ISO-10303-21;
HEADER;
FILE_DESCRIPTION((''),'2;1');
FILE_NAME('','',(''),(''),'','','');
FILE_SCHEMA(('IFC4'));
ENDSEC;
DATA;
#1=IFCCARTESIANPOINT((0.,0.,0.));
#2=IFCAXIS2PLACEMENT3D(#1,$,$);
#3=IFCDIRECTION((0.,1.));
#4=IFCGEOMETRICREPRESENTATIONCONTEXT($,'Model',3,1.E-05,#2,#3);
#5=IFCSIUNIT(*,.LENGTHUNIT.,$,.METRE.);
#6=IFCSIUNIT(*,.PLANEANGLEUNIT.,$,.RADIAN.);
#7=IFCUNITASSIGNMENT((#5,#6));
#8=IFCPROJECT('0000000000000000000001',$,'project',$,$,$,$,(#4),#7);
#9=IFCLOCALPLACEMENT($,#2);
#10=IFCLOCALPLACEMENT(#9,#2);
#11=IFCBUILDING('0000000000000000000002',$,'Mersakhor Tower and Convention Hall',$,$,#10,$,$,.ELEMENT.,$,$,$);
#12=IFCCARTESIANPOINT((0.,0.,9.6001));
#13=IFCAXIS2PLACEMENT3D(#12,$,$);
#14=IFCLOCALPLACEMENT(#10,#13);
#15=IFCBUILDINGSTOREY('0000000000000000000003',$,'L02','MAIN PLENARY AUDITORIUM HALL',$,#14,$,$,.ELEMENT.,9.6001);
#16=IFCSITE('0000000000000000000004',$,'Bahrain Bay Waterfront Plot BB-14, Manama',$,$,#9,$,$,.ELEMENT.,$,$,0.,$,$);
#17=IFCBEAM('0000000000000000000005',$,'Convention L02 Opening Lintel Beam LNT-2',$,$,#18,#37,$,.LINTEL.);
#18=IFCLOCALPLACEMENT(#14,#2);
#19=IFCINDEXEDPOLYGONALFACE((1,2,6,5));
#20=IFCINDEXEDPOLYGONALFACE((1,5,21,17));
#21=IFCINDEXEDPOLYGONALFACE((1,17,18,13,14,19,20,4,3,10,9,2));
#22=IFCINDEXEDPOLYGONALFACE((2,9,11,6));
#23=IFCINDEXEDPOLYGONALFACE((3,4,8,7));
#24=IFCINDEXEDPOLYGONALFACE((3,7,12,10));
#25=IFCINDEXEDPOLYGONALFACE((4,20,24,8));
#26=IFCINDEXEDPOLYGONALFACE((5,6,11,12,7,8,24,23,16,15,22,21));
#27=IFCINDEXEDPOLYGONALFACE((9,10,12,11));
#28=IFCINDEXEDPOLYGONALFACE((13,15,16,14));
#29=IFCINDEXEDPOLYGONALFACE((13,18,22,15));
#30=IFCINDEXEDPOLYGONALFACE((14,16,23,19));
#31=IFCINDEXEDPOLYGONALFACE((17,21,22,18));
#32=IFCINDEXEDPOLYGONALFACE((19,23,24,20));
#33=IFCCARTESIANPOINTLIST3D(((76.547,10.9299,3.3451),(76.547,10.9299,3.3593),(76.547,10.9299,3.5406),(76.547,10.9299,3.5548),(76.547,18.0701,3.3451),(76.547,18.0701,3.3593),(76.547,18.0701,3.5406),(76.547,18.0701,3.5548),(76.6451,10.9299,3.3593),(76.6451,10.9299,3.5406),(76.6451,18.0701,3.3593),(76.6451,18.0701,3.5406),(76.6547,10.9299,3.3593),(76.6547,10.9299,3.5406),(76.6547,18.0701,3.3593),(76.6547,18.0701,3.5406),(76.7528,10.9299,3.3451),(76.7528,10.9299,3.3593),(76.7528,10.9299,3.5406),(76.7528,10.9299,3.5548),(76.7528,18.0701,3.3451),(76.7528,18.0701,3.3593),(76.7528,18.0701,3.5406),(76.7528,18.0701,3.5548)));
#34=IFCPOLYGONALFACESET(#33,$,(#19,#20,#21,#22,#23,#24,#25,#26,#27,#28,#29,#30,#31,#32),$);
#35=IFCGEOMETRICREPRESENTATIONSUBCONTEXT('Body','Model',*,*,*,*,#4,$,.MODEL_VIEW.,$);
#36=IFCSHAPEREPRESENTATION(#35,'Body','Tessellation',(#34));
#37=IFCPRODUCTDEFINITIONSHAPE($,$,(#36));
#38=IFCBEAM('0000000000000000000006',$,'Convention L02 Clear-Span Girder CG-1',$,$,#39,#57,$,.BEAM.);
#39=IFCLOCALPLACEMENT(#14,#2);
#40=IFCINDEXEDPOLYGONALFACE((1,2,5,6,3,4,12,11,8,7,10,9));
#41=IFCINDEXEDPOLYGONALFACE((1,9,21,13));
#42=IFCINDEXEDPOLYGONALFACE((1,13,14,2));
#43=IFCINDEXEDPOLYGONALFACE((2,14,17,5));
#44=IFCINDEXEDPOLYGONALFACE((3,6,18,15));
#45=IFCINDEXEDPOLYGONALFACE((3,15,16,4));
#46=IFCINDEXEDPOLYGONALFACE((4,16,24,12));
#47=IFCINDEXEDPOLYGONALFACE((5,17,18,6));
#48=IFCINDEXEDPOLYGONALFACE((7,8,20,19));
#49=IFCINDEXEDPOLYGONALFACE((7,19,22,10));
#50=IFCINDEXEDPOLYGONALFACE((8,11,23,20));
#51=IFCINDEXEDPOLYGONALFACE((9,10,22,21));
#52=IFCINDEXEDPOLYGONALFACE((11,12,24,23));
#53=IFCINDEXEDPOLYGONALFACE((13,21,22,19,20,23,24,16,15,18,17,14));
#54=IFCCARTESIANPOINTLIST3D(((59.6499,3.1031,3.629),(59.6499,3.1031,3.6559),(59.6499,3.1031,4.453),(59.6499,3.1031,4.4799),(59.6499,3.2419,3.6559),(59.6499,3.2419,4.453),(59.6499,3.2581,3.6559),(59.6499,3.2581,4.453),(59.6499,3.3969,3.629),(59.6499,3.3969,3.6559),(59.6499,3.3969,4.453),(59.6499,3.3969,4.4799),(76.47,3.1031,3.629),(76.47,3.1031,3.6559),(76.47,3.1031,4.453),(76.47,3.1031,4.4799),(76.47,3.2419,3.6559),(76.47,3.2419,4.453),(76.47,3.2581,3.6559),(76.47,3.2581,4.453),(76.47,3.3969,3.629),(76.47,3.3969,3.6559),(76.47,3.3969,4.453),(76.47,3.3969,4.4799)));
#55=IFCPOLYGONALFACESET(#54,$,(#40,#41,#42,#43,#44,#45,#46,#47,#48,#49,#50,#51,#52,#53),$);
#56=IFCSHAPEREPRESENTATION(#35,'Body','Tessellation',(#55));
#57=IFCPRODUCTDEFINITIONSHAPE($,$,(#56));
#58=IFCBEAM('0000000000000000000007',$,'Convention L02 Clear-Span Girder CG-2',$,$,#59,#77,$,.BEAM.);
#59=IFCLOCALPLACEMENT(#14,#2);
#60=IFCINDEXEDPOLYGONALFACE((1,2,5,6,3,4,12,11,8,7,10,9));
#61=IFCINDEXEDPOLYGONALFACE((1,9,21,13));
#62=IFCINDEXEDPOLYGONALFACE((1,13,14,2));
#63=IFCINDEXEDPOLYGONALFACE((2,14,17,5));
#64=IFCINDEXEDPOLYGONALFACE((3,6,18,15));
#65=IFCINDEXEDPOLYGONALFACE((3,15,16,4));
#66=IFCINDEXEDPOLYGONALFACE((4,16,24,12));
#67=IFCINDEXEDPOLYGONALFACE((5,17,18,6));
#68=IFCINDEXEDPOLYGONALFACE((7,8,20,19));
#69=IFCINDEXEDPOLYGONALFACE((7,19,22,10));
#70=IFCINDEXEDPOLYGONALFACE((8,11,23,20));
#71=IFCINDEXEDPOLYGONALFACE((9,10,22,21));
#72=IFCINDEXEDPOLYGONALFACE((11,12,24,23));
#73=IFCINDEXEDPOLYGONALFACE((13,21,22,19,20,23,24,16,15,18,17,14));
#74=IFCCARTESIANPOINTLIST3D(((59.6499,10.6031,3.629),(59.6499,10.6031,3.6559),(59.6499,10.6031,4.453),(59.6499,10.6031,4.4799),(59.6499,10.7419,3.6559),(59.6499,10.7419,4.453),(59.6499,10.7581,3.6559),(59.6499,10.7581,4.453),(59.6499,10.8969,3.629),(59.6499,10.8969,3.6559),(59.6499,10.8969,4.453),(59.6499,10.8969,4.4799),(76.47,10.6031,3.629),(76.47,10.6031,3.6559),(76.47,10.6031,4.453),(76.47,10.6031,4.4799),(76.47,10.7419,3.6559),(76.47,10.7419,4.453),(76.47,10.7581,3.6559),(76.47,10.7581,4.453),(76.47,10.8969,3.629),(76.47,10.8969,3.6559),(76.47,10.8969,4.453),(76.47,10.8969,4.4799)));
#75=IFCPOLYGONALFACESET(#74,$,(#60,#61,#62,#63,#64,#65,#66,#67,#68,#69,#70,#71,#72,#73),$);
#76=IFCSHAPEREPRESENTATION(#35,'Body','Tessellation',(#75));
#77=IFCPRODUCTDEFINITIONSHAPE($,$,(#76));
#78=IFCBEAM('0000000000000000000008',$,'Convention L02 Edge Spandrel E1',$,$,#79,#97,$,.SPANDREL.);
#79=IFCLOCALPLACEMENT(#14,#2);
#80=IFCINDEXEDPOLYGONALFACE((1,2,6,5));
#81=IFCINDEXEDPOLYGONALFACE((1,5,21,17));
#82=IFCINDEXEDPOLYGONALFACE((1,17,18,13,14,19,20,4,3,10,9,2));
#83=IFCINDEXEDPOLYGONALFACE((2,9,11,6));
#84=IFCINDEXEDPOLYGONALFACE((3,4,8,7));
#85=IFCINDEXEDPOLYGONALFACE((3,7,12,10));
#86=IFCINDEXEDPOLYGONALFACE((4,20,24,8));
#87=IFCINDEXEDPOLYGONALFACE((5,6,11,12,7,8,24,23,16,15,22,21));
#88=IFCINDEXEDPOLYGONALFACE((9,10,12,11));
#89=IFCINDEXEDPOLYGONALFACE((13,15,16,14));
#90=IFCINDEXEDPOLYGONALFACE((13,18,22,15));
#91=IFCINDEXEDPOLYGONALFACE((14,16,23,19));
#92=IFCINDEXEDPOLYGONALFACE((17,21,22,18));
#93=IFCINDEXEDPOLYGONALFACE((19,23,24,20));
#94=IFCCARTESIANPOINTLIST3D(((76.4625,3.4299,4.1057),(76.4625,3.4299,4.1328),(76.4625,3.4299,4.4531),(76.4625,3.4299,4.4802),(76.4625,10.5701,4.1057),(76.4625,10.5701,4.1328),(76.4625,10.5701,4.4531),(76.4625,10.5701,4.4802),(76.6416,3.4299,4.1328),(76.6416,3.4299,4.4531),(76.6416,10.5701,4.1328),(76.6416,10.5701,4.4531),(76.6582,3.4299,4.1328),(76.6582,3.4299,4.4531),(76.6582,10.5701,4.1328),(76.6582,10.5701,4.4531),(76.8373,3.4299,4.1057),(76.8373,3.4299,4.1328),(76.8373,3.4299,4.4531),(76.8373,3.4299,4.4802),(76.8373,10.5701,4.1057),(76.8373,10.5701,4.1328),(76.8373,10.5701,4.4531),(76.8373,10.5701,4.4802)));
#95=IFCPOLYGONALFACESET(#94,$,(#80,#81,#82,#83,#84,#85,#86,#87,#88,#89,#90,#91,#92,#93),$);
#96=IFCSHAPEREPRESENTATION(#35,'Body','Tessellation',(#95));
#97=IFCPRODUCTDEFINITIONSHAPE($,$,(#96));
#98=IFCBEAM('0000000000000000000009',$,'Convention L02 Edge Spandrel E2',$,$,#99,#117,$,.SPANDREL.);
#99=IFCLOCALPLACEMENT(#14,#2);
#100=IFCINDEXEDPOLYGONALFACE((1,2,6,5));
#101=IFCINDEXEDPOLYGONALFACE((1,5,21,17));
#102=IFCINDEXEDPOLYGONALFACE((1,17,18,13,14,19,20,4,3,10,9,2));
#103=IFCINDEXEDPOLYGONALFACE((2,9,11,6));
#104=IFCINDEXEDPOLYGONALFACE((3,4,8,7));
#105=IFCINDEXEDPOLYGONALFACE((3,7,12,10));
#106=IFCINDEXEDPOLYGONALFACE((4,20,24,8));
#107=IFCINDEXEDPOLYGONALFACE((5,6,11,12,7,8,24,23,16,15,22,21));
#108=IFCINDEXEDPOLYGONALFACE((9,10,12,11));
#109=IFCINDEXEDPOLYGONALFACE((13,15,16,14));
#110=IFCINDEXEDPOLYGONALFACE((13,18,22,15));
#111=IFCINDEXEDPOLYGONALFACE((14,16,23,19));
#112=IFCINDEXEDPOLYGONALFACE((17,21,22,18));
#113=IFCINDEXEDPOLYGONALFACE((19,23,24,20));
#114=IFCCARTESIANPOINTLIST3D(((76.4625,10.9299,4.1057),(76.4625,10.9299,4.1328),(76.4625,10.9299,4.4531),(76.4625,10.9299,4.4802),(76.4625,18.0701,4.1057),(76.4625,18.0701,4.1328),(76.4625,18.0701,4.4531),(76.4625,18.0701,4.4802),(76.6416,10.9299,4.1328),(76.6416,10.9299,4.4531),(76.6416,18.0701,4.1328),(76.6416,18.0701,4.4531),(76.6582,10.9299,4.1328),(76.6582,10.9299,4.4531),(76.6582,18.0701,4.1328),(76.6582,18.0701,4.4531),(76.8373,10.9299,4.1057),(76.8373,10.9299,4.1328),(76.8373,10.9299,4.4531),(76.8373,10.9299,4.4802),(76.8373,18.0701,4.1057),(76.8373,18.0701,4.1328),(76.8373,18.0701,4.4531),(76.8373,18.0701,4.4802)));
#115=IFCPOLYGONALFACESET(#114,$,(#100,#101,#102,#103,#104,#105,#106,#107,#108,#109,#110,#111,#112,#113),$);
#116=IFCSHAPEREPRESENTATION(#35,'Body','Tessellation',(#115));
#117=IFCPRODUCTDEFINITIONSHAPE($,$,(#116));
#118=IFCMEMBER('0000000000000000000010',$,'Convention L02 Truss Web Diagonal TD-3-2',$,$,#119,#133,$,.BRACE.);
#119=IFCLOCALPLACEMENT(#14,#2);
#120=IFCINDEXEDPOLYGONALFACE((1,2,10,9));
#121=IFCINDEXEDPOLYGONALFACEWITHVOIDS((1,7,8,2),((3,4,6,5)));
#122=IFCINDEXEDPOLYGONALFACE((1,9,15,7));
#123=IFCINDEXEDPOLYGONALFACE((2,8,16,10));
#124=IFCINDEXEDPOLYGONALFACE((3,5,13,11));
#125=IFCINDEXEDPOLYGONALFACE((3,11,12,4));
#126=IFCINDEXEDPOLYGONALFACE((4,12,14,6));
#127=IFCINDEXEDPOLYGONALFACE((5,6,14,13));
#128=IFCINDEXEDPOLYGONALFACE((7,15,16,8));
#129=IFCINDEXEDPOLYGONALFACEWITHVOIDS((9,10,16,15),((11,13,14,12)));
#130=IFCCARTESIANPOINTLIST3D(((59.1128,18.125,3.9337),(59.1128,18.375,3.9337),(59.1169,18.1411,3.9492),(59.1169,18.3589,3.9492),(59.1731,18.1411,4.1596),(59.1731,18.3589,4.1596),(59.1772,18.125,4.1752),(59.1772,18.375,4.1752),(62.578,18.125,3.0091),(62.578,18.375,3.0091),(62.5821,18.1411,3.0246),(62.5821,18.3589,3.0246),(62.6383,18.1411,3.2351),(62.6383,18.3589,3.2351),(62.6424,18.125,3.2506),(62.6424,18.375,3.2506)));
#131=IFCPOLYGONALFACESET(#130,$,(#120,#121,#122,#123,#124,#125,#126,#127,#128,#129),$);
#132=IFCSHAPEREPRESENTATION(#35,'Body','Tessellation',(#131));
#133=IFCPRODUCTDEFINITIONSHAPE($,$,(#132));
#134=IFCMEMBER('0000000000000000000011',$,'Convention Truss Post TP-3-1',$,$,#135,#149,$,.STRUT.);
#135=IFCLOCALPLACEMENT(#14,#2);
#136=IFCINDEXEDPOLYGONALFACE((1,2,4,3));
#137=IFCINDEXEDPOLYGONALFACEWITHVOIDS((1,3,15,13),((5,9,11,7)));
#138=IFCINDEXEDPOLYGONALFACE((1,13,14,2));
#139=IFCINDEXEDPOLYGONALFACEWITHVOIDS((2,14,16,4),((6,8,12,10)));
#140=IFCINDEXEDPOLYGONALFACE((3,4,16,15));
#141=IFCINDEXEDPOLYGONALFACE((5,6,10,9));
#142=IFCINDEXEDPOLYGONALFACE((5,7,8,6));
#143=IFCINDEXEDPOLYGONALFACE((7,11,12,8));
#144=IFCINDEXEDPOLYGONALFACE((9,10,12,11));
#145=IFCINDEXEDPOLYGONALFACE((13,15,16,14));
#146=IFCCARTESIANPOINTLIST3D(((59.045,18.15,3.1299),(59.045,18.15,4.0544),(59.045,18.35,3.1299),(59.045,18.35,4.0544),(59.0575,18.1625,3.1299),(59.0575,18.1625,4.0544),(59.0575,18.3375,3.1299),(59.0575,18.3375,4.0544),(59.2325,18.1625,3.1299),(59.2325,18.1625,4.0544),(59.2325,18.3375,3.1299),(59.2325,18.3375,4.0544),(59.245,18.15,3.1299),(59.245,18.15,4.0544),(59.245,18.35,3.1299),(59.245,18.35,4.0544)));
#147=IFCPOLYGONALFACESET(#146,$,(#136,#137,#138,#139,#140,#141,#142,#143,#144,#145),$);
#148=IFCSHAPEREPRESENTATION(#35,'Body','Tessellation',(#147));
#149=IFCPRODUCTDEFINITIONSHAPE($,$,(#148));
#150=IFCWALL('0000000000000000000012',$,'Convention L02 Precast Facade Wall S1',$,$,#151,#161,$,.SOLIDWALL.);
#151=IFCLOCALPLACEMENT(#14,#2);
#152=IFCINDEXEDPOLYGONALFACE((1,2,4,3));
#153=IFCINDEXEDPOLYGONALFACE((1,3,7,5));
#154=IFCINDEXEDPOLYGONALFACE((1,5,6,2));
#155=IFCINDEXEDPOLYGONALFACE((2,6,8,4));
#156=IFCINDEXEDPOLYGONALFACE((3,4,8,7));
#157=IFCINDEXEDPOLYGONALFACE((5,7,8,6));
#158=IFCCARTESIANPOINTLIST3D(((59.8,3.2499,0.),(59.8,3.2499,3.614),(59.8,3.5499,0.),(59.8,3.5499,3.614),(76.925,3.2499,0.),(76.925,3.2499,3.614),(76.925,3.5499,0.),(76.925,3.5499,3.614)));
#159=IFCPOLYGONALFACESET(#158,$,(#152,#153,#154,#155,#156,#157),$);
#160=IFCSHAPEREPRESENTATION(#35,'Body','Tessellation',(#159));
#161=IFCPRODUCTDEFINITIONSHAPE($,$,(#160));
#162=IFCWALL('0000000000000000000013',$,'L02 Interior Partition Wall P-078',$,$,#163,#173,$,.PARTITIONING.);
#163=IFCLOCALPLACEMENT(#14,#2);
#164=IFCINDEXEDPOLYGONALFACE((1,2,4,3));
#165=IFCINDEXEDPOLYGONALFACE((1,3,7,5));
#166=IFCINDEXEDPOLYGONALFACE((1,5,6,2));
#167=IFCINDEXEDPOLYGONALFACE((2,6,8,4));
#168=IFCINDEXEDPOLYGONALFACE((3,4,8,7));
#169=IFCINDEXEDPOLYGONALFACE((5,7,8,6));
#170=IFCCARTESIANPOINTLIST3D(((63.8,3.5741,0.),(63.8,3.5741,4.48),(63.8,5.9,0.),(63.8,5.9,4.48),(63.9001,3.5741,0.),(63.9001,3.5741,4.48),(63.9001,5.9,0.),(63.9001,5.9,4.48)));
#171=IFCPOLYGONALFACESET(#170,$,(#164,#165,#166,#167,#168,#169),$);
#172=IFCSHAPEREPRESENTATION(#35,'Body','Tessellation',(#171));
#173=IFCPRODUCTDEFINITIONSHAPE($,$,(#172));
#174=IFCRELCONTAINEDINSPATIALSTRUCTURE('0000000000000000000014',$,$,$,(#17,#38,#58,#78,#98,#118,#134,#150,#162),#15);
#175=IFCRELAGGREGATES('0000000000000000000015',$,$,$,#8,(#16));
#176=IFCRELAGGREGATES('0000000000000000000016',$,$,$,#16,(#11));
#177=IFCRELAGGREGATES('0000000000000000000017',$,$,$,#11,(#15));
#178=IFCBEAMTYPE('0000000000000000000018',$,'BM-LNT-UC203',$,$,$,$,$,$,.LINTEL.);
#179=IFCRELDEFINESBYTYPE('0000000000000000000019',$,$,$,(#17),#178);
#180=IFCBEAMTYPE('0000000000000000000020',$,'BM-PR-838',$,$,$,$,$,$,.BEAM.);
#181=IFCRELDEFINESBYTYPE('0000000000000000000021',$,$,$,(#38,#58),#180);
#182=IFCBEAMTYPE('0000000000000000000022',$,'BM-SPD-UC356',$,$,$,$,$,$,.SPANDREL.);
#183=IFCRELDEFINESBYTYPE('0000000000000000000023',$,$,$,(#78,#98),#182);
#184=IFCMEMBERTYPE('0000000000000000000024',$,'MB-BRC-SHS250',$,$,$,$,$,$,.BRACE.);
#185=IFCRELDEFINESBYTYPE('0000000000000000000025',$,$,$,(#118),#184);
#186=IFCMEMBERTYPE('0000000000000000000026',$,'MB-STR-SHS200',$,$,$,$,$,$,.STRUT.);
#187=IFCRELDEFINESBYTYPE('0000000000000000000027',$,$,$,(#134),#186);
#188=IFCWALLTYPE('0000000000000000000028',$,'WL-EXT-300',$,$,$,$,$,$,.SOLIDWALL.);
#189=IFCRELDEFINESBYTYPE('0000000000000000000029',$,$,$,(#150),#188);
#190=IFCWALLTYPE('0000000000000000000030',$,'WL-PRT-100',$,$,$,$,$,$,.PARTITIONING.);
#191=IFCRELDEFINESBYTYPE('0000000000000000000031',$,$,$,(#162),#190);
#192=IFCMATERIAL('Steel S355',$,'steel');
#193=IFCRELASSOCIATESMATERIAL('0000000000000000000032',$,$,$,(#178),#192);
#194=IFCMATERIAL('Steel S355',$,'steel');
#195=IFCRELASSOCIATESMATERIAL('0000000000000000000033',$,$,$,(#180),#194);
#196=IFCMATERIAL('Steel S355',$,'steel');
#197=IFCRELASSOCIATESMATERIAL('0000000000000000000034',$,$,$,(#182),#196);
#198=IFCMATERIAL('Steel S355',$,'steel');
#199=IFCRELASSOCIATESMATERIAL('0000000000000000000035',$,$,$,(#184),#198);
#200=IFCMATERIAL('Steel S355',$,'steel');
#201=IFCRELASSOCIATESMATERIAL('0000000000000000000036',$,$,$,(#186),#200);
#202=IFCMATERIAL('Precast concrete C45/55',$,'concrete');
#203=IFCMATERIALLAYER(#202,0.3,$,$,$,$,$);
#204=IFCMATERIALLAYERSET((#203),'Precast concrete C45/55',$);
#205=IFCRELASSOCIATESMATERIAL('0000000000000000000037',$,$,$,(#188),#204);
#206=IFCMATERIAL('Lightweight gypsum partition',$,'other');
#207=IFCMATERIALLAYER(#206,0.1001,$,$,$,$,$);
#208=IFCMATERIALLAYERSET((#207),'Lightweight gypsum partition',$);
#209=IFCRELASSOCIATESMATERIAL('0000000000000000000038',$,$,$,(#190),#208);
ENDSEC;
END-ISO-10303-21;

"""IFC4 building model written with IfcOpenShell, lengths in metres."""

from ifc_helpers import new_model, si_unit, direction, frame, frame_2d, origin, origin_2d, place, context, subcontext, project, spatial, rectangle, hollow_rectangle, i_section, extrude, material, layer, layer_set, material_profile, profile_set, type_object, element, save


model = new_model("IFC4")

# Units and contexts
model_context = context("Model", 3, precision=1e-05, world=origin(), true_north=direction((0.0, 1.0)))
body_context = subcontext(model_context, "Body", "Model", "MODEL_VIEW")
ifc_project = project(units=[si_unit("LENGTHUNIT", "METRE"), si_unit("PLANEANGLEUNIT", "RADIAN")], contexts=[model_context])

# Site, building, storey
site_placement = place(None, origin())
site = spatial("IfcSite", under=ifc_project, at=site_placement, Name="Bahrain Bay Waterfront Plot BB-14, Manama", CompositionType="ELEMENT", RefElevation=0.0)
building_placement = place(site_placement, origin())
building = spatial("IfcBuilding", under=site, at=building_placement, Name="Mersakhor Tower and Convention Hall", CompositionType="ELEMENT")
storey_placement = place(building_placement, frame((0.0, 0.0, 9.6001)))
storey = spatial("IfcBuildingStorey", under=building, at=storey_placement, Name="L02", Description="MAIN PLENARY AUDITORIUM HALL", CompositionType="ELEMENT", Elevation=9.6001)

# Beams
ifc_material_1 = material(Name="Steel S355", Category="steel")
ifc_material_profile_1 = material_profile(ifc_material_1, i_section(OverallWidth=0.2058, OverallDepth=0.2097, WebThickness=0.0095, FlangeThickness=0.0142, at=origin_2d()), Name="UC 203x203x60")
ifc_profile_set_1 = profile_set([ifc_material_profile_1], Name="Steel S355")
beam_type_1 = type_object("IfcBeamType", Name="BM-LNT-UC203", PredefinedType="LINTEL", material=ifc_profile_set_1)
beam_placement = place(storey_placement, frame((76.6499, 10.9299, 3.45), z_axis=(0.0, 1.0, 0.0), x_axis=(-1.0, 0.0, 0.0)))
element("IfcBeam", 1, at=beam_placement, inside=storey, type_object=beam_type_1, Name="Convention L02 Opening Lintel Beam LNT-2", PredefinedType="LINTEL", context=body_context, shape_type="SweptSolid", body=[
    extrude(i_section(OverallWidth=0.2058, OverallDepth=0.2097, WebThickness=0.0095, FlangeThickness=0.0142, at=origin_2d()), origin(), (0.0, 0.0, 1.0), 7.1401),
])
ifc_material_2 = material(Name="Steel S355", Category="steel")
ifc_material_profile_2 = material_profile(ifc_material_2, i_section(OverallWidth=0.2937, OverallDepth=0.8508, WebThickness=0.0161, FlangeThickness=0.0269, at=origin_2d()), Name="UB 838x292x226")
ifc_profile_set_2 = profile_set([ifc_material_profile_2], Name="Steel S355")
beam_type_2 = type_object("IfcBeamType", Name="BM-PR-838", PredefinedType="BEAM", material=ifc_profile_set_2)
for number, where, z_axis, x_axis, name in (
    (2, (59.6499, 3.25, 4.0544), (1.0, 0.0, 0.0), (0.0, 1.0, 0.0), "Convention L02 Clear-Span Girder CG-1"),
    (3, (59.6499, 10.75, 4.0544), (1.0, 0.0, 0.0), (0.0, 1.0, 0.0), "Convention L02 Clear-Span Girder CG-2"),
):
    element("IfcBeam", number, at=place(storey_placement, frame(where, z_axis=z_axis, x_axis=x_axis)), inside=storey, type_object=beam_type_2, Name=name, PredefinedType="BEAM", context=body_context, shape_type="SweptSolid", body=[
        extrude(i_section(OverallWidth=0.2937, OverallDepth=0.8508, WebThickness=0.0161, FlangeThickness=0.0269, at=origin_2d()), origin(), (0.0, 0.0, 1.0), 16.8201),
    ])
ifc_material_3 = material(Name="Steel S355", Category="steel")
ifc_material_profile_3 = material_profile(ifc_material_3, i_section(OverallWidth=0.3748, OverallDepth=0.3745, WebThickness=0.0166, FlangeThickness=0.0271, at=origin_2d()), Name="UC 356x368x202")
ifc_profile_set_3 = profile_set([ifc_material_profile_3], Name="Steel S355")
beam_type_3 = type_object("IfcBeamType", Name="BM-SPD-UC356", PredefinedType="SPANDREL", material=ifc_profile_set_3)
for number, where, z_axis, x_axis, name in (
    (4, (76.6499, 3.4299, 4.293), (0.0, 1.0, 0.0), (-1.0, 0.0, 0.0), "Convention L02 Edge Spandrel E1"),
    (5, (76.6499, 10.9299, 4.293), (0.0, 1.0, 0.0), (-1.0, 0.0, 0.0), "Convention L02 Edge Spandrel E2"),
):
    element("IfcBeam", number, at=place(storey_placement, frame(where, z_axis=z_axis, x_axis=x_axis)), inside=storey, type_object=beam_type_3, Name=name, PredefinedType="SPANDREL", context=body_context, shape_type="SweptSolid", body=[
        extrude(i_section(OverallWidth=0.3748, OverallDepth=0.3745, WebThickness=0.0166, FlangeThickness=0.0271, at=origin_2d()), origin(), (0.0, 0.0, 1.0), 7.1401),
    ])

# Members
ifc_material_4 = material(Name="Steel S355", Category="steel")
ifc_material_profile_4 = material_profile(ifc_material_4, hollow_rectangle(XDim=0.25, YDim=0.25, WallThickness=0.0161, at=origin_2d()), Name="SHS 250x250x16")
ifc_profile_set_4 = profile_set([ifc_material_profile_4], Name="Steel S355")
member_type_1 = type_object("IfcMemberType", Name="MB-BRC-SHS250", PredefinedType="BRACE", material=ifc_profile_set_4)
member_1_placement = place(storey_placement, frame((59.145, 18.25, 4.0544), z_axis=(0.966198, 0.0, -0.257802), x_axis=(0.0, 1.0, 0.0)))
element("IfcMember", 6, at=member_1_placement, inside=storey, type_object=member_type_1, Name="Convention L02 Truss Web Diagonal TD-3-2", PredefinedType="BRACE", context=body_context, shape_type="SweptSolid", body=[
    extrude(hollow_rectangle(XDim=0.25, YDim=0.25, WallThickness=0.0161, at=origin_2d()), origin(), (0.0, 0.0, 1.0), 3.5864),
])
ifc_material_5 = material(Name="Steel S355", Category="steel")
ifc_material_profile_5 = material_profile(ifc_material_5, hollow_rectangle(XDim=0.2, YDim=0.2, WallThickness=0.0125, at=origin_2d()), Name="SHS 200x200x12.5")
ifc_profile_set_5 = profile_set([ifc_material_profile_5], Name="Steel S355")
member_type_2 = type_object("IfcMemberType", Name="MB-STR-SHS200", PredefinedType="STRUT", material=ifc_profile_set_5)
member_2_placement = place(storey_placement, frame((59.145, 18.25, 3.1299), z_axis=(0.0, 0.0, 1.0), x_axis=(1.0, 0.0, 0.0)))
element("IfcMember", 7, at=member_2_placement, inside=storey, type_object=member_type_2, Name="Convention Truss Post TP-3-1", PredefinedType="STRUT", context=body_context, shape_type="SweptSolid", body=[
    extrude(hollow_rectangle(XDim=0.2, YDim=0.2, WallThickness=0.0125, at=origin_2d()), origin(), (0.0, 0.0, 1.0), 0.9246),
])

# Walls
ifc_material_6 = material(Name="Precast concrete C45/55", Category="concrete")
ifc_layer_1 = layer(ifc_material_6, 0.3)
ifc_layer_set_1 = layer_set([ifc_layer_1], Name="Precast concrete C45/55")
wall_type_1 = type_object("IfcWallType", Name="WL-EXT-300", PredefinedType="SOLIDWALL", material=ifc_layer_set_1)
wall_1_placement = place(storey_placement, frame((76.925, 3.3999, 0.0), z_axis=(0.0, 0.0, 1.0), x_axis=(-1.0, 0.0, 0.0)))
element("IfcWall", 8, at=wall_1_placement, inside=storey, type_object=wall_type_1, Name="Convention L02 Precast Facade Wall S1", PredefinedType="SOLIDWALL", context=body_context, shape_type="SweptSolid", body=[
    extrude(rectangle(XDim=17.125, YDim=0.3, at=frame_2d((8.5625, 0.0))), origin(), (0.0, 0.0, 1.0), 3.614),
])
ifc_material_7 = material(Name="Lightweight gypsum partition", Category="other")
ifc_layer_2 = layer(ifc_material_7, 0.1001)
ifc_layer_set_2 = layer_set([ifc_layer_2], Name="Lightweight gypsum partition")
wall_type_2 = type_object("IfcWallType", Name="WL-PRT-100", PredefinedType="PARTITIONING", material=ifc_layer_set_2)
wall_2_placement = place(storey_placement, frame((63.8501, 3.574, 0.0), z_axis=(0.0, 0.0, 1.0), x_axis=(0.0, 1.0, 0.0)))
element("IfcWall", 9, at=wall_2_placement, inside=storey, type_object=wall_type_2, Name="L02 Interior Partition Wall P-078", PredefinedType="PARTITIONING", context=body_context, shape_type="SweptSolid", body=[
    extrude(rectangle(XDim=2.3259, YDim=0.1001, at=frame_2d((1.1631, 0.0))), origin(), (0.0, 0.0, 1.0), 4.48),
])

save(model, "model.ifc")
